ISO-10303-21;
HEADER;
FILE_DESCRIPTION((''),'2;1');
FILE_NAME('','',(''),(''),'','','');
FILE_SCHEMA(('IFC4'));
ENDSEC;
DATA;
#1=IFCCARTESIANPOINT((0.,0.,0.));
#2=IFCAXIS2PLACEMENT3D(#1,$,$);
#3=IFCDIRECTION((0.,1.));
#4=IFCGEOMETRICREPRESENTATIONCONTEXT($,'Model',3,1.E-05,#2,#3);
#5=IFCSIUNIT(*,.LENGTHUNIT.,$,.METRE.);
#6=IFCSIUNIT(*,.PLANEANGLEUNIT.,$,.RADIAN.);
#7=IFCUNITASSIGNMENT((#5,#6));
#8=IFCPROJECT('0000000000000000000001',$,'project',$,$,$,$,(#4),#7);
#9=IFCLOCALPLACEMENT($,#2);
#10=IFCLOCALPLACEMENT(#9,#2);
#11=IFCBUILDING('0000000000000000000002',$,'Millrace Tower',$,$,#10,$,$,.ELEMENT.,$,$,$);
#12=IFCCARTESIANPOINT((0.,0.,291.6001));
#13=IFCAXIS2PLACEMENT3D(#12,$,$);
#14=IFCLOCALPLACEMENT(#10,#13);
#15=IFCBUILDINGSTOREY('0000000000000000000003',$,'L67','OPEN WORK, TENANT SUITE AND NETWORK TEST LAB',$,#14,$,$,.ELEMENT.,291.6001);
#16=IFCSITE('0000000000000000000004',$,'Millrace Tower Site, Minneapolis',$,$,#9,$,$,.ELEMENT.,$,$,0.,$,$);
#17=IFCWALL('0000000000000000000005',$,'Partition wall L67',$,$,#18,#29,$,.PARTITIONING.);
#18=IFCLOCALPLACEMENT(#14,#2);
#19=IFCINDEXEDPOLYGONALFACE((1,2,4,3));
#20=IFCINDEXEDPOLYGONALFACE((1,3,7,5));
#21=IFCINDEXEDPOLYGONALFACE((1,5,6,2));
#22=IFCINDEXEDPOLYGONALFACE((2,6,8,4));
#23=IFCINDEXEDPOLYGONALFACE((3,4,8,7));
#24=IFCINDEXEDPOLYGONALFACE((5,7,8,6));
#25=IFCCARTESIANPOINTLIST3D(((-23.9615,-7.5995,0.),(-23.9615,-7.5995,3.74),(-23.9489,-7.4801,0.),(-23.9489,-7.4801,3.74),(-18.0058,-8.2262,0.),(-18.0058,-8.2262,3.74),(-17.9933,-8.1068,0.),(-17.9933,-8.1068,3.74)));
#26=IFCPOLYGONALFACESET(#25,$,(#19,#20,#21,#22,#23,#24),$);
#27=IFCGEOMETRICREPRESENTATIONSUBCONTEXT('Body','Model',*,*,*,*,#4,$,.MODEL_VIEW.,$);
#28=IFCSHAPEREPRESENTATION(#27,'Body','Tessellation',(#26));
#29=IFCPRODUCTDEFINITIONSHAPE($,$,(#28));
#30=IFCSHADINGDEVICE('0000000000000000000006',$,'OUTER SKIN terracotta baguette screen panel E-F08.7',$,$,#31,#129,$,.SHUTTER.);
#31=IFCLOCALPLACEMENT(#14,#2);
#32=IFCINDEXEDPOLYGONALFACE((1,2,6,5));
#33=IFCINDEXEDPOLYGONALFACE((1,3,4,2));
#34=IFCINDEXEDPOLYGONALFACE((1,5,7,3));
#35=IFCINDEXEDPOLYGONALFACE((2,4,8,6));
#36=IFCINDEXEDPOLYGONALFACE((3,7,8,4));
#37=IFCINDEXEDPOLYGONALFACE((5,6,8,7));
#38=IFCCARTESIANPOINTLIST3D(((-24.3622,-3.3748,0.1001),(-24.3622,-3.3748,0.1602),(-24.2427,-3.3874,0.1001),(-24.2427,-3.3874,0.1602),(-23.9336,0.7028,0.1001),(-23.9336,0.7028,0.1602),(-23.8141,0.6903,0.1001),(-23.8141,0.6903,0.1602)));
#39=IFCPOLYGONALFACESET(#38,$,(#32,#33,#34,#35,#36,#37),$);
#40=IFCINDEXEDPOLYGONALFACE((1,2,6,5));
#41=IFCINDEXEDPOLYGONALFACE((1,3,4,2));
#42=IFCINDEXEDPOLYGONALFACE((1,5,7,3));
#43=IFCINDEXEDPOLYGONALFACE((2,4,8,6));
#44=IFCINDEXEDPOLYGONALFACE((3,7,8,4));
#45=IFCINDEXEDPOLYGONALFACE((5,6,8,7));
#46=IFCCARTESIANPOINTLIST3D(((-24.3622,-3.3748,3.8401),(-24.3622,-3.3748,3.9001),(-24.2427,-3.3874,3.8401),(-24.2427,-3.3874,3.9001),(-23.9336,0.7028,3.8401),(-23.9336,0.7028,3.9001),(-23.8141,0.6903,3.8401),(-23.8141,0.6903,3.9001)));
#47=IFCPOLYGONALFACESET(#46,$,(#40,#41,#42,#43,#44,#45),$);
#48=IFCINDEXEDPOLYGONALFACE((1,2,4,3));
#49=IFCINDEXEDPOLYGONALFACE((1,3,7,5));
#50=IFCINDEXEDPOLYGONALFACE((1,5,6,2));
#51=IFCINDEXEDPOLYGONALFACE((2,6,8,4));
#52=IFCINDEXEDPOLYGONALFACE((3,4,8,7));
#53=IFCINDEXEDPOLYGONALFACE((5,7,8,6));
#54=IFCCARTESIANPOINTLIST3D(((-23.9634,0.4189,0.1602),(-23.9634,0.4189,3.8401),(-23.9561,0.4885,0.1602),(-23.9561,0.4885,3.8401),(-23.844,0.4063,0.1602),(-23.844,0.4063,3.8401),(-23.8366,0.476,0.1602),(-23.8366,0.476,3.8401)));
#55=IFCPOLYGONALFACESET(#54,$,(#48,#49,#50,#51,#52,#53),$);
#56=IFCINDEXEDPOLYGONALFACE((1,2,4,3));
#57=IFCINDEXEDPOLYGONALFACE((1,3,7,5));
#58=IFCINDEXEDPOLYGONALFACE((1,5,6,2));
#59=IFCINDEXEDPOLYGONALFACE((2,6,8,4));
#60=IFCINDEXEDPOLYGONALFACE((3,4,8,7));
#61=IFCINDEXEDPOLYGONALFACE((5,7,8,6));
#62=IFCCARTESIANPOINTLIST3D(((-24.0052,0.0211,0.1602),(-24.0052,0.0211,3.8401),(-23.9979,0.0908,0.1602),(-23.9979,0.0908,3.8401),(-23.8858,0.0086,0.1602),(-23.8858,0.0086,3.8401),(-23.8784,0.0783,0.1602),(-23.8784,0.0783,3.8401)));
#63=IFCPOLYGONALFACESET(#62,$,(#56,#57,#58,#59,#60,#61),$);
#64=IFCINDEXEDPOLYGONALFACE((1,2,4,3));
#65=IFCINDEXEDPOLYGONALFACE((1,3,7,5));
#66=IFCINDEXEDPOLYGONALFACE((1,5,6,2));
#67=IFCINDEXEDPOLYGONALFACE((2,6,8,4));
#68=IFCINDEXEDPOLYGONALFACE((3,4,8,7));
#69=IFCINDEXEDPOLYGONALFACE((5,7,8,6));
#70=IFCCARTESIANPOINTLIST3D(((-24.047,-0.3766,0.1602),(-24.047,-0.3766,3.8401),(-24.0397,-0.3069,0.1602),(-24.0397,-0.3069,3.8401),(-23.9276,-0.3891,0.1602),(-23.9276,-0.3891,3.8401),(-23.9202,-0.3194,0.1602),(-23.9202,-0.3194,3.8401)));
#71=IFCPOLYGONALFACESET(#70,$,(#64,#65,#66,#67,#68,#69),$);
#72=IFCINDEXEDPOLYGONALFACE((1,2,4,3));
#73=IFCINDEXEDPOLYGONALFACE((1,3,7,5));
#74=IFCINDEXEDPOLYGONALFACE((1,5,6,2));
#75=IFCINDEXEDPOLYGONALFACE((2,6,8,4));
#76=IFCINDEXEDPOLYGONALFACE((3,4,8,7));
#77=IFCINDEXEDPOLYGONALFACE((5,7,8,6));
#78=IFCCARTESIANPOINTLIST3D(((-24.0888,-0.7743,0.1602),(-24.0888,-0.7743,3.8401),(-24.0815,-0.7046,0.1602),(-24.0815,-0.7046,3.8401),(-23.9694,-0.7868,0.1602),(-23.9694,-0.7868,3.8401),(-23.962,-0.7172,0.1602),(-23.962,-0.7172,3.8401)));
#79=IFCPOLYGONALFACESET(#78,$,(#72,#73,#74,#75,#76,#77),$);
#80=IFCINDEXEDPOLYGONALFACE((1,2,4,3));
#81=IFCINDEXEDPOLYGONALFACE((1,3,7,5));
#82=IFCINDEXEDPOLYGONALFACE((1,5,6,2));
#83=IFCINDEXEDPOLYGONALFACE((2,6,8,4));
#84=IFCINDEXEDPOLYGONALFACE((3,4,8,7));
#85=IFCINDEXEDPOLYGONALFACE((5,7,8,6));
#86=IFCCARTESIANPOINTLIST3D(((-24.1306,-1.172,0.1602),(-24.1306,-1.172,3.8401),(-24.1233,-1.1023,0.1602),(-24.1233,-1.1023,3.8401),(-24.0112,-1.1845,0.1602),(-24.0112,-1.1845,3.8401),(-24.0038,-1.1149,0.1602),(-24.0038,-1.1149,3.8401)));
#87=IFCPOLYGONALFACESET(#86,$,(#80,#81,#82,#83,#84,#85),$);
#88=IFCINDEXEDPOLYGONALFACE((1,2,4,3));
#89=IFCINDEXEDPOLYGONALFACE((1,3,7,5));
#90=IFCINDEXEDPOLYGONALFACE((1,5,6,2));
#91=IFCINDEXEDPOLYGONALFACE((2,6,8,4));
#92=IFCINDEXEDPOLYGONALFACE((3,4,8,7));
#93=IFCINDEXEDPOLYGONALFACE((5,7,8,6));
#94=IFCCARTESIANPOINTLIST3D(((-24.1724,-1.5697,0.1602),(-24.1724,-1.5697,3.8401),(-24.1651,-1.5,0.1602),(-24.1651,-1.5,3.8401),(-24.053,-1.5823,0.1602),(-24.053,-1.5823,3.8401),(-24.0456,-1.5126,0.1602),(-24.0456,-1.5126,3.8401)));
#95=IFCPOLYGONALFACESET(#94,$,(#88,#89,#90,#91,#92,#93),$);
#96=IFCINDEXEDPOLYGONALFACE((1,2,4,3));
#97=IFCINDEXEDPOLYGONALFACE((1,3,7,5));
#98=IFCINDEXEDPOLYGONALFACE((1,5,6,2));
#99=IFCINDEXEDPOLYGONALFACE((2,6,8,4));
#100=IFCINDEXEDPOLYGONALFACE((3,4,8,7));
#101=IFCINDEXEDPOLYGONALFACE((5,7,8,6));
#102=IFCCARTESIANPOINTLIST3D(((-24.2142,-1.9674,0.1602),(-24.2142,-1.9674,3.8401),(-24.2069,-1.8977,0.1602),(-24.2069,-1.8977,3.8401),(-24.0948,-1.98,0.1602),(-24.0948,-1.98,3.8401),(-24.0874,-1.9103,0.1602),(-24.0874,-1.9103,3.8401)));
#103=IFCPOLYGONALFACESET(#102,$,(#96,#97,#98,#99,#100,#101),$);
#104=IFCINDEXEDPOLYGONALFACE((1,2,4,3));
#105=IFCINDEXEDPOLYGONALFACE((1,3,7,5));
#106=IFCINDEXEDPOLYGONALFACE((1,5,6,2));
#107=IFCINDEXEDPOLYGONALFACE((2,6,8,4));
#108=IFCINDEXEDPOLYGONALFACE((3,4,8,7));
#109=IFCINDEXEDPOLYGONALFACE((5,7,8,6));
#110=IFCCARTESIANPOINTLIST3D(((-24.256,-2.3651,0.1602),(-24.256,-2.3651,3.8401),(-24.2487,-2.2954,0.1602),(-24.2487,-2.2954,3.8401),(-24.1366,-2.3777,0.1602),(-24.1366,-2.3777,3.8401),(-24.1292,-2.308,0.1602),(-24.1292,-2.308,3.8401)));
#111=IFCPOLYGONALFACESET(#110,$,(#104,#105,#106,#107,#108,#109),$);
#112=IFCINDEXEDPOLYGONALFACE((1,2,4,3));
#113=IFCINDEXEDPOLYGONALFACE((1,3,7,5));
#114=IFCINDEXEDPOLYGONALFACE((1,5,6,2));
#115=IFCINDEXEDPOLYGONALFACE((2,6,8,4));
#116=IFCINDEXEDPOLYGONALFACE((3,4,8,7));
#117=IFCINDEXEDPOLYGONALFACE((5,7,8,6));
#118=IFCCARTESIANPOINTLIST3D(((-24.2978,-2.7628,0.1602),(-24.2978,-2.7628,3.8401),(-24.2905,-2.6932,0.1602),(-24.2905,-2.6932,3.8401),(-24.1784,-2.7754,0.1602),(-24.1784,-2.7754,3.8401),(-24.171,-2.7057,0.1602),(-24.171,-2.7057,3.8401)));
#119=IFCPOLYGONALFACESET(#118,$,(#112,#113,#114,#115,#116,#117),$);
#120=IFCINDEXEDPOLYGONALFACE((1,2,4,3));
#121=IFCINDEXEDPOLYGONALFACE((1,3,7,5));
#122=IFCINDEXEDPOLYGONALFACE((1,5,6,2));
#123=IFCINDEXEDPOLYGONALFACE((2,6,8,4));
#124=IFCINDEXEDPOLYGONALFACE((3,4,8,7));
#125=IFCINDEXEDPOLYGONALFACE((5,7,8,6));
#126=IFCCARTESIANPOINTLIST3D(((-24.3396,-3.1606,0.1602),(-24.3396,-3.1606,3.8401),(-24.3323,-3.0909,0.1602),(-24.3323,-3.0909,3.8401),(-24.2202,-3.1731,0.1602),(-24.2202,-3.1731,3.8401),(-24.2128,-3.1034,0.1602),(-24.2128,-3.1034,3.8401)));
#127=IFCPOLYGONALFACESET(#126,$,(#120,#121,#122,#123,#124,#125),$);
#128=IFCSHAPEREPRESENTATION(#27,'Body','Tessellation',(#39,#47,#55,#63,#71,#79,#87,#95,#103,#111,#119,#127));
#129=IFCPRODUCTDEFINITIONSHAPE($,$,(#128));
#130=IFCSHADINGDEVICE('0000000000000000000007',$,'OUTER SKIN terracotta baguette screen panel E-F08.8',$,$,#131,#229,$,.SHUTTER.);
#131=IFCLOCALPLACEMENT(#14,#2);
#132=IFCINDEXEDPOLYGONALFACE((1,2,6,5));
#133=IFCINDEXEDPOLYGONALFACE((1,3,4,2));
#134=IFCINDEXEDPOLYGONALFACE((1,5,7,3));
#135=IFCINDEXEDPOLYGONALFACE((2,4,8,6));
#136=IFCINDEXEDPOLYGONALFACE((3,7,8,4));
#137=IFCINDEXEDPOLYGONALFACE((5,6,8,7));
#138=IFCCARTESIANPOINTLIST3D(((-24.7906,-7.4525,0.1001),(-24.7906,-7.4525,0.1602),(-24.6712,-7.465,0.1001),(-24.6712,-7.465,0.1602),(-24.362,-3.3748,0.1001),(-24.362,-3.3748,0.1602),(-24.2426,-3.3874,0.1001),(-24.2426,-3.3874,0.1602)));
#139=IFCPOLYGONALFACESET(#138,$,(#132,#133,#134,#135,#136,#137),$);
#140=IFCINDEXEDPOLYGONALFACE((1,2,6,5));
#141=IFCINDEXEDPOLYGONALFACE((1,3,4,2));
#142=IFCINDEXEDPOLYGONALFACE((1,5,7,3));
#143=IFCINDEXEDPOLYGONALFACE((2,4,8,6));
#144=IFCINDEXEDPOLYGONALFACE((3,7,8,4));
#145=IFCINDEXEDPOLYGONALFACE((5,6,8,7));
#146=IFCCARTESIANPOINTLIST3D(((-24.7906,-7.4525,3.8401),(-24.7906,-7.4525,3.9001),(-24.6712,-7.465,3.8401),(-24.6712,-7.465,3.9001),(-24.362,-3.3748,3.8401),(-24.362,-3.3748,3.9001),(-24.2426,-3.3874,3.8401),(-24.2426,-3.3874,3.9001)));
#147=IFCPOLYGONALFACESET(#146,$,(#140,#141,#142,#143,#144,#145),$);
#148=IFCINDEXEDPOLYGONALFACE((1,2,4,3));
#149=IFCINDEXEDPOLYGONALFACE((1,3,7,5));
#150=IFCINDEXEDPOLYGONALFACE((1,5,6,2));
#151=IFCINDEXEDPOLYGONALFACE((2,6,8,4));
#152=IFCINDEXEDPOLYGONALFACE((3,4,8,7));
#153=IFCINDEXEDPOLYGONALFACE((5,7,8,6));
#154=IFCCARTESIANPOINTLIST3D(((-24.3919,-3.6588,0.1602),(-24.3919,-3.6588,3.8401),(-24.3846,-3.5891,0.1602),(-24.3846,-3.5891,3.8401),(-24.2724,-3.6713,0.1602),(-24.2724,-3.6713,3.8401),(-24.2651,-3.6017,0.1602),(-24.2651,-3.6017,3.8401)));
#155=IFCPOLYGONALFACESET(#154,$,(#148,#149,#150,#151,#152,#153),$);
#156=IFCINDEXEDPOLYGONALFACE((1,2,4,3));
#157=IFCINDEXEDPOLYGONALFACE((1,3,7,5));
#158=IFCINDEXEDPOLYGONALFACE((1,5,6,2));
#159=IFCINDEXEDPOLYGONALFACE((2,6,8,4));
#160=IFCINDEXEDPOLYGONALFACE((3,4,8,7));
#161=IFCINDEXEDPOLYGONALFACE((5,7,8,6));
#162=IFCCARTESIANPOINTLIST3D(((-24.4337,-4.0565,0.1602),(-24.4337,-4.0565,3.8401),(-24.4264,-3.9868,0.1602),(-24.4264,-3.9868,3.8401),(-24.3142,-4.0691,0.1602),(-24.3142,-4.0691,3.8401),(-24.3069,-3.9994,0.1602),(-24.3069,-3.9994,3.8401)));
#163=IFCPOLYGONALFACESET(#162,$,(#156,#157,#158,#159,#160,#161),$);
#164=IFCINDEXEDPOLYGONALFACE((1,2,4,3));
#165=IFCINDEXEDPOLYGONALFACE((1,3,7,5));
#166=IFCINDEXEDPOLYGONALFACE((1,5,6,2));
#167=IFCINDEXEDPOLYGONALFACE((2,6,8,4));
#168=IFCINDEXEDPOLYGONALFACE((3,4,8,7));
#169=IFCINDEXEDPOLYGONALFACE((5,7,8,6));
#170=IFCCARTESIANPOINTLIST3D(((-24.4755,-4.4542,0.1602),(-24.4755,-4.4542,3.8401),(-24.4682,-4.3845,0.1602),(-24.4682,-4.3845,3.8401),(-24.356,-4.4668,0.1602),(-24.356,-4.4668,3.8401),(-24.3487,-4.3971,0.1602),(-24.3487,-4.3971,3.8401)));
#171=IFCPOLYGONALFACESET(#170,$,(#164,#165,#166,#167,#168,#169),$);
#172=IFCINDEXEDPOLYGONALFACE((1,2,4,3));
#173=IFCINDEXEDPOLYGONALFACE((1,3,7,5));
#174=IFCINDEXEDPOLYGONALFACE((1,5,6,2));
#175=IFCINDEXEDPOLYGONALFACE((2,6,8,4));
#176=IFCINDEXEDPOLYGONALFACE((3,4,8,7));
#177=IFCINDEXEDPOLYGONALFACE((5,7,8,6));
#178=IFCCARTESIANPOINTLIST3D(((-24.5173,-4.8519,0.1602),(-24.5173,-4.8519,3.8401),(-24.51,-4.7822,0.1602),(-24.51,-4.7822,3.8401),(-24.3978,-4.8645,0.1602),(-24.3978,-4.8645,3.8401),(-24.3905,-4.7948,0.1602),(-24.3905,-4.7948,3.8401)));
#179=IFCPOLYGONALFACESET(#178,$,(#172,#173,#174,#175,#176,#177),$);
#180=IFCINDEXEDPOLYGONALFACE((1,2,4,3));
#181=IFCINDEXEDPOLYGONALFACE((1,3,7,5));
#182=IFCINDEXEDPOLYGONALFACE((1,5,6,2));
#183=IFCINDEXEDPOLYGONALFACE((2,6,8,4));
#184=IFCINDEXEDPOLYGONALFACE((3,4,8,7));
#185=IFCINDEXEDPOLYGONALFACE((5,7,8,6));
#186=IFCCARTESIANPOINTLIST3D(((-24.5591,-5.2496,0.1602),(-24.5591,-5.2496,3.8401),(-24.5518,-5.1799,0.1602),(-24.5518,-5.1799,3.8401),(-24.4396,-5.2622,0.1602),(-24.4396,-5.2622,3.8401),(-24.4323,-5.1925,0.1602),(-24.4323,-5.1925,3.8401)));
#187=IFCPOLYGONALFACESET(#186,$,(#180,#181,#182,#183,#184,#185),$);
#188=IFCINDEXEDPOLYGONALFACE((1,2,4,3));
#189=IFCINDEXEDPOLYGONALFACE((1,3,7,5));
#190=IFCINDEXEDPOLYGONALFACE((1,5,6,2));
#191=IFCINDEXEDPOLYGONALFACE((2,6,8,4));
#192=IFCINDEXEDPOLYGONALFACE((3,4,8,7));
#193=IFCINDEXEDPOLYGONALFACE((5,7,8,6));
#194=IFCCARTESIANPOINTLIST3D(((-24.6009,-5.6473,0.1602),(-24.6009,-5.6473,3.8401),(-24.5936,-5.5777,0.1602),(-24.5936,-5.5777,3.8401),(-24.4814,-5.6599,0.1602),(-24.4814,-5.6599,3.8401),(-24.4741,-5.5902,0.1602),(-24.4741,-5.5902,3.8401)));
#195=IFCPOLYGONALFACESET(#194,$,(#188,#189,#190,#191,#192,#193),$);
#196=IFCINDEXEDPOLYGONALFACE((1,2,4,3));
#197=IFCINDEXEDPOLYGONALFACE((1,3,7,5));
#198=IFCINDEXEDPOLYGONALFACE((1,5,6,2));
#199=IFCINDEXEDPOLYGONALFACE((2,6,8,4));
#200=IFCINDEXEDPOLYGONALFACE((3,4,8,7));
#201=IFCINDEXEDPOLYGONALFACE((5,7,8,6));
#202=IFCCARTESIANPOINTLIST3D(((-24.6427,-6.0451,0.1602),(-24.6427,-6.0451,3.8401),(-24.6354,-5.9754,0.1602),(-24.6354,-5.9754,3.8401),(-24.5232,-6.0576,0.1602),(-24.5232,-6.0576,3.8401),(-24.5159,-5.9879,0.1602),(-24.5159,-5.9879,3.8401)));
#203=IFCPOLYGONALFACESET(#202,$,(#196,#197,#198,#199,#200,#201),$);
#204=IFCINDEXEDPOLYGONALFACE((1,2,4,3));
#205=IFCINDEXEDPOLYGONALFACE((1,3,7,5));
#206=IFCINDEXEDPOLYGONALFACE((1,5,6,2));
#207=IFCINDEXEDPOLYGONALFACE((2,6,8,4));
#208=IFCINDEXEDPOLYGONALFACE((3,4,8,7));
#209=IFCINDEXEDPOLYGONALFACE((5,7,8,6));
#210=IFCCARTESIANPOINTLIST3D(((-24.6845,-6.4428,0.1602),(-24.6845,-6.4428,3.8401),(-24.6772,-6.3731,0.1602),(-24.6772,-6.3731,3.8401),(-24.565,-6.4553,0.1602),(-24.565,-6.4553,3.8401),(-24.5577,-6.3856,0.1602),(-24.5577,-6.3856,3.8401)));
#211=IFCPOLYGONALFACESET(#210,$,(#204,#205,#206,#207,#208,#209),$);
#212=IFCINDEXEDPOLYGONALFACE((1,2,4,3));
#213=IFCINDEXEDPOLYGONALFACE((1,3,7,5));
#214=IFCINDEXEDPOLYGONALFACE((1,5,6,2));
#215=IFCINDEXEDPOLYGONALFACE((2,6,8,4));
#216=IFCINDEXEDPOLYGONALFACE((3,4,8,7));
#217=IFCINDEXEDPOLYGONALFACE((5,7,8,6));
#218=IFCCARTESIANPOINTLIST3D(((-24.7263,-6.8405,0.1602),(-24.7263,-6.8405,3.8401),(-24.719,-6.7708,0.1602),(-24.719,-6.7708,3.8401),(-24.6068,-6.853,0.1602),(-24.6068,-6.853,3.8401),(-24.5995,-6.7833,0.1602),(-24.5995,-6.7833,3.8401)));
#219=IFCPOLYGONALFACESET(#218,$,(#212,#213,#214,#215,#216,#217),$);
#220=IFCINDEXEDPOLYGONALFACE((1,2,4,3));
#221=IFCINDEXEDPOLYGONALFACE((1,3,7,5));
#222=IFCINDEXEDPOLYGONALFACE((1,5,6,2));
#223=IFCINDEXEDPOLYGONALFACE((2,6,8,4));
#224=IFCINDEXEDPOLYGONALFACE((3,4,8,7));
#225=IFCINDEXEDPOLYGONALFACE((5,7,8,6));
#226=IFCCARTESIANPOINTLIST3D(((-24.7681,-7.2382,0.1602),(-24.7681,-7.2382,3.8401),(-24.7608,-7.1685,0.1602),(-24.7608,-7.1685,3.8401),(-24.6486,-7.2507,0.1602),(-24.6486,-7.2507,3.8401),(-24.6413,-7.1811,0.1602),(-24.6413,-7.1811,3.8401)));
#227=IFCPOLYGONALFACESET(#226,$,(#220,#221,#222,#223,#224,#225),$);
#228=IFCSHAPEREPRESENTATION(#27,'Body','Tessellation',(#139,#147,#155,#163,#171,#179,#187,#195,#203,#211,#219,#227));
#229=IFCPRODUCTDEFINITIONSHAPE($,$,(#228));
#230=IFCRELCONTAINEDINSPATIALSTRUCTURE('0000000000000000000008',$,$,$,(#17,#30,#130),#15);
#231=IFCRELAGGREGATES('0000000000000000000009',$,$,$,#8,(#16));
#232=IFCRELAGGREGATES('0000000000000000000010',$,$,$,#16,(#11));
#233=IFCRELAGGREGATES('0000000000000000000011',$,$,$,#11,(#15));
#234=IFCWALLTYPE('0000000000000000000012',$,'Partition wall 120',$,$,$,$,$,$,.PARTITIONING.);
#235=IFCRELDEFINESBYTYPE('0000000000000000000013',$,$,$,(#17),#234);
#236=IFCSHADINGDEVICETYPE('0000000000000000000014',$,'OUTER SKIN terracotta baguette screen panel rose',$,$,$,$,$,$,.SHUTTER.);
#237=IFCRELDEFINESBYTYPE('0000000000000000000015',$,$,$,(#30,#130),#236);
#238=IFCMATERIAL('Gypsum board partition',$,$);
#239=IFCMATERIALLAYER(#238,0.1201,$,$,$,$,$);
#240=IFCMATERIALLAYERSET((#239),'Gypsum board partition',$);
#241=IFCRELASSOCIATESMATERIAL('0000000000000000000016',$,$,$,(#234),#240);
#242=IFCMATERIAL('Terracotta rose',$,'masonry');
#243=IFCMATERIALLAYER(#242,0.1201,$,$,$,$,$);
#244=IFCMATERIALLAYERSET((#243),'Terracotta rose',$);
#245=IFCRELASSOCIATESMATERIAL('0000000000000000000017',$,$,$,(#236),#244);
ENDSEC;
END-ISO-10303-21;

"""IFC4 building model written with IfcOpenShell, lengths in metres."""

from ifc_helpers import new_model, entity, si_unit, direction, frame, frame_2d, origin, place, context, subcontext, project, spatial, rectangle, extrude, source, transform, mapped, material, layer, layer_set, type_object, element, save


model = new_model("IFC4")

# Units and contexts
model_context = context("Model", 3, precision=1e-05, world=origin(), true_north=direction((0.0, 1.0)))
body_context = subcontext(model_context, "Body", "Model", "MODEL_VIEW")
ifc_project = project(units=[si_unit("LENGTHUNIT", "METRE"), si_unit("PLANEANGLEUNIT", "RADIAN")], contexts=[model_context])

# Site, building, storey
site_placement = place(None, origin())
site = spatial("IfcSite", under=ifc_project, at=site_placement, Name="Millrace Tower Site, Minneapolis", CompositionType="ELEMENT", RefElevation=0.0)
building_placement = place(site_placement, origin())
building = spatial("IfcBuilding", under=site, at=building_placement, Name="Millrace Tower", CompositionType="ELEMENT")
storey_placement = place(building_placement, frame((0.0, 0.0, 291.6001)))
storey = spatial("IfcBuildingStorey", under=building, at=storey_placement, Name="L67", Description="OPEN WORK, TENANT SUITE AND NETWORK TEST LAB", CompositionType="ELEMENT", Elevation=291.6001)

# Wall
ifc_material_1 = material(Name="Gypsum board partition")
ifc_layer_1 = layer(ifc_material_1, 0.1201)
ifc_layer_set_1 = layer_set([ifc_layer_1], Name="Gypsum board partition")
wall_type_1 = type_object("IfcWallType", Name="Partition wall 120", PredefinedType="PARTITIONING", material=ifc_layer_set_1)
wall_1_placement = place(storey_placement, frame((-23.9551, -7.5398, 0.0), z_axis=(0.0, 0.0, 1.0), x_axis=(0.994509, -0.104653, 0.0)))
element("IfcWall", 1, at=wall_1_placement, inside=storey, type_object=wall_type_1, Name="Partition wall L67", PredefinedType="PARTITIONING", context=body_context, shape_type="SweptSolid", body=[
    extrude(rectangle(XDim=5.9885, YDim=0.1201, at=frame_2d((2.9941, 0.0))), origin(), (0.0, 0.0, 1.0), 3.74),
])

# Shading devices
ifc_material_2 = material(Name="Terracotta rose", Category="masonry")
ifc_layer_2 = layer(ifc_material_2, 0.1201)
ifc_layer_set_2 = layer_set([ifc_layer_2], Name="Terracotta rose")
shading_device_type = type_object("IfcShadingDeviceType", Name="OUTER SKIN terracotta baguette screen panel rose", PredefinedType="SHUTTER", material=ifc_layer_set_2)
cartesian_point_1 = entity("IfcCartesianPoint", [-2.05, 0.0601])
shared_polyline_1 = entity("IfcPolyline", [cartesian_point_1, entity("IfcCartesianPoint", [2.05, 0.0601]), entity("IfcCartesianPoint", [2.05, -0.0601]), entity("IfcCartesianPoint", [-2.05, -0.0601]), cartesian_point_1])
shared_shape_1 = source(origin(), body_context, "Body", "SweptSolid", [
    entity("IfcExtrudedAreaSolid", entity("IfcArbitraryClosedProfileDef", "AREA", None, shared_polyline_1), entity("IfcAxis2Placement3D", entity("IfcCartesianPoint", [0.0, 0.0, 0.0])), entity("IfcDirection", [0.0, 0.0, 1.0]), 0.0601),
    entity("IfcExtrudedAreaSolid", entity("IfcArbitraryClosedProfileDef", "AREA", None, shared_polyline_1), entity("IfcAxis2Placement3D", entity("IfcCartesianPoint", [0.0, 0.0, 3.74])), entity("IfcDirection", [0.0, 0.0, 1.0]), 0.0601),
    extrude(rectangle(XDim=0.0701, YDim=0.1201, at=frame_2d((-1.7996, 0.0))), frame((0.0, 0.0, 0.0601)), (0.0, 0.0, 1.0), 3.6799),
    extrude(rectangle(XDim=0.0701, YDim=0.1201, at=frame_2d((-1.3997, 0.0))), frame((0.0, 0.0, 0.0601)), (0.0, 0.0, 1.0), 3.6799),
    extrude(rectangle(XDim=0.0701, YDim=0.1201, at=frame_2d((-0.9998, 0.0))), frame((0.0, 0.0, 0.0601)), (0.0, 0.0, 1.0), 3.6799),
    extrude(rectangle(XDim=0.0701, YDim=0.1201, at=frame_2d((-0.5999, 0.0))), frame((0.0, 0.0, 0.0601)), (0.0, 0.0, 1.0), 3.6799),
    extrude(rectangle(XDim=0.0701, YDim=0.1201, at=frame_2d((-0.2, 0.0))), frame((0.0, 0.0, 0.0601)), (0.0, 0.0, 1.0), 3.6799),
    extrude(rectangle(XDim=0.0701, YDim=0.1201, at=frame_2d((0.2, 0.0))), frame((0.0, 0.0, 0.0601)), (0.0, 0.0, 1.0), 3.6799),
    extrude(rectangle(XDim=0.0701, YDim=0.1201, at=frame_2d((0.5999, 0.0))), frame((0.0, 0.0, 0.0601)), (0.0, 0.0, 1.0), 3.6799),
    extrude(rectangle(XDim=0.0701, YDim=0.1201, at=frame_2d((0.9998, 0.0))), frame((0.0, 0.0, 0.0601)), (0.0, 0.0, 1.0), 3.6799),
    extrude(rectangle(XDim=0.0701, YDim=0.1201, at=frame_2d((1.3997, 0.0))), frame((0.0, 0.0, 0.0601)), (0.0, 0.0, 1.0), 3.6799),
    extrude(rectangle(XDim=0.0701, YDim=0.1201, at=frame_2d((1.7996, 0.0))), frame((0.0, 0.0, 0.0601)), (0.0, 0.0, 1.0), 3.6799),
])
for number, where, z_axis, x_axis, name in (
    (2, (-24.0881, -1.3423, 0.1001), (0.0, 0.0, 1.0), (-0.104528, -0.994522, 0.0), "OUTER SKIN terracotta baguette screen panel E-F08.7"),
    (3, (-24.5166, -5.4199, 0.1001), (0.0, 0.0, 1.0), (-0.104528, -0.994522, 0.0), "OUTER SKIN terracotta baguette screen panel E-F08.8"),
):
    element("IfcShadingDevice", number, at=place(storey_placement, frame(where, z_axis=z_axis, x_axis=x_axis)), inside=storey, type_object=shading_device_type, Name=name, PredefinedType="SHUTTER", context=body_context, shape_type="MappedRepresentation", body=[
        mapped(shared_shape_1, transform((0.0, 0.0, 0.0), scale=1.0)),
    ])

save(model, "model.ifc")
